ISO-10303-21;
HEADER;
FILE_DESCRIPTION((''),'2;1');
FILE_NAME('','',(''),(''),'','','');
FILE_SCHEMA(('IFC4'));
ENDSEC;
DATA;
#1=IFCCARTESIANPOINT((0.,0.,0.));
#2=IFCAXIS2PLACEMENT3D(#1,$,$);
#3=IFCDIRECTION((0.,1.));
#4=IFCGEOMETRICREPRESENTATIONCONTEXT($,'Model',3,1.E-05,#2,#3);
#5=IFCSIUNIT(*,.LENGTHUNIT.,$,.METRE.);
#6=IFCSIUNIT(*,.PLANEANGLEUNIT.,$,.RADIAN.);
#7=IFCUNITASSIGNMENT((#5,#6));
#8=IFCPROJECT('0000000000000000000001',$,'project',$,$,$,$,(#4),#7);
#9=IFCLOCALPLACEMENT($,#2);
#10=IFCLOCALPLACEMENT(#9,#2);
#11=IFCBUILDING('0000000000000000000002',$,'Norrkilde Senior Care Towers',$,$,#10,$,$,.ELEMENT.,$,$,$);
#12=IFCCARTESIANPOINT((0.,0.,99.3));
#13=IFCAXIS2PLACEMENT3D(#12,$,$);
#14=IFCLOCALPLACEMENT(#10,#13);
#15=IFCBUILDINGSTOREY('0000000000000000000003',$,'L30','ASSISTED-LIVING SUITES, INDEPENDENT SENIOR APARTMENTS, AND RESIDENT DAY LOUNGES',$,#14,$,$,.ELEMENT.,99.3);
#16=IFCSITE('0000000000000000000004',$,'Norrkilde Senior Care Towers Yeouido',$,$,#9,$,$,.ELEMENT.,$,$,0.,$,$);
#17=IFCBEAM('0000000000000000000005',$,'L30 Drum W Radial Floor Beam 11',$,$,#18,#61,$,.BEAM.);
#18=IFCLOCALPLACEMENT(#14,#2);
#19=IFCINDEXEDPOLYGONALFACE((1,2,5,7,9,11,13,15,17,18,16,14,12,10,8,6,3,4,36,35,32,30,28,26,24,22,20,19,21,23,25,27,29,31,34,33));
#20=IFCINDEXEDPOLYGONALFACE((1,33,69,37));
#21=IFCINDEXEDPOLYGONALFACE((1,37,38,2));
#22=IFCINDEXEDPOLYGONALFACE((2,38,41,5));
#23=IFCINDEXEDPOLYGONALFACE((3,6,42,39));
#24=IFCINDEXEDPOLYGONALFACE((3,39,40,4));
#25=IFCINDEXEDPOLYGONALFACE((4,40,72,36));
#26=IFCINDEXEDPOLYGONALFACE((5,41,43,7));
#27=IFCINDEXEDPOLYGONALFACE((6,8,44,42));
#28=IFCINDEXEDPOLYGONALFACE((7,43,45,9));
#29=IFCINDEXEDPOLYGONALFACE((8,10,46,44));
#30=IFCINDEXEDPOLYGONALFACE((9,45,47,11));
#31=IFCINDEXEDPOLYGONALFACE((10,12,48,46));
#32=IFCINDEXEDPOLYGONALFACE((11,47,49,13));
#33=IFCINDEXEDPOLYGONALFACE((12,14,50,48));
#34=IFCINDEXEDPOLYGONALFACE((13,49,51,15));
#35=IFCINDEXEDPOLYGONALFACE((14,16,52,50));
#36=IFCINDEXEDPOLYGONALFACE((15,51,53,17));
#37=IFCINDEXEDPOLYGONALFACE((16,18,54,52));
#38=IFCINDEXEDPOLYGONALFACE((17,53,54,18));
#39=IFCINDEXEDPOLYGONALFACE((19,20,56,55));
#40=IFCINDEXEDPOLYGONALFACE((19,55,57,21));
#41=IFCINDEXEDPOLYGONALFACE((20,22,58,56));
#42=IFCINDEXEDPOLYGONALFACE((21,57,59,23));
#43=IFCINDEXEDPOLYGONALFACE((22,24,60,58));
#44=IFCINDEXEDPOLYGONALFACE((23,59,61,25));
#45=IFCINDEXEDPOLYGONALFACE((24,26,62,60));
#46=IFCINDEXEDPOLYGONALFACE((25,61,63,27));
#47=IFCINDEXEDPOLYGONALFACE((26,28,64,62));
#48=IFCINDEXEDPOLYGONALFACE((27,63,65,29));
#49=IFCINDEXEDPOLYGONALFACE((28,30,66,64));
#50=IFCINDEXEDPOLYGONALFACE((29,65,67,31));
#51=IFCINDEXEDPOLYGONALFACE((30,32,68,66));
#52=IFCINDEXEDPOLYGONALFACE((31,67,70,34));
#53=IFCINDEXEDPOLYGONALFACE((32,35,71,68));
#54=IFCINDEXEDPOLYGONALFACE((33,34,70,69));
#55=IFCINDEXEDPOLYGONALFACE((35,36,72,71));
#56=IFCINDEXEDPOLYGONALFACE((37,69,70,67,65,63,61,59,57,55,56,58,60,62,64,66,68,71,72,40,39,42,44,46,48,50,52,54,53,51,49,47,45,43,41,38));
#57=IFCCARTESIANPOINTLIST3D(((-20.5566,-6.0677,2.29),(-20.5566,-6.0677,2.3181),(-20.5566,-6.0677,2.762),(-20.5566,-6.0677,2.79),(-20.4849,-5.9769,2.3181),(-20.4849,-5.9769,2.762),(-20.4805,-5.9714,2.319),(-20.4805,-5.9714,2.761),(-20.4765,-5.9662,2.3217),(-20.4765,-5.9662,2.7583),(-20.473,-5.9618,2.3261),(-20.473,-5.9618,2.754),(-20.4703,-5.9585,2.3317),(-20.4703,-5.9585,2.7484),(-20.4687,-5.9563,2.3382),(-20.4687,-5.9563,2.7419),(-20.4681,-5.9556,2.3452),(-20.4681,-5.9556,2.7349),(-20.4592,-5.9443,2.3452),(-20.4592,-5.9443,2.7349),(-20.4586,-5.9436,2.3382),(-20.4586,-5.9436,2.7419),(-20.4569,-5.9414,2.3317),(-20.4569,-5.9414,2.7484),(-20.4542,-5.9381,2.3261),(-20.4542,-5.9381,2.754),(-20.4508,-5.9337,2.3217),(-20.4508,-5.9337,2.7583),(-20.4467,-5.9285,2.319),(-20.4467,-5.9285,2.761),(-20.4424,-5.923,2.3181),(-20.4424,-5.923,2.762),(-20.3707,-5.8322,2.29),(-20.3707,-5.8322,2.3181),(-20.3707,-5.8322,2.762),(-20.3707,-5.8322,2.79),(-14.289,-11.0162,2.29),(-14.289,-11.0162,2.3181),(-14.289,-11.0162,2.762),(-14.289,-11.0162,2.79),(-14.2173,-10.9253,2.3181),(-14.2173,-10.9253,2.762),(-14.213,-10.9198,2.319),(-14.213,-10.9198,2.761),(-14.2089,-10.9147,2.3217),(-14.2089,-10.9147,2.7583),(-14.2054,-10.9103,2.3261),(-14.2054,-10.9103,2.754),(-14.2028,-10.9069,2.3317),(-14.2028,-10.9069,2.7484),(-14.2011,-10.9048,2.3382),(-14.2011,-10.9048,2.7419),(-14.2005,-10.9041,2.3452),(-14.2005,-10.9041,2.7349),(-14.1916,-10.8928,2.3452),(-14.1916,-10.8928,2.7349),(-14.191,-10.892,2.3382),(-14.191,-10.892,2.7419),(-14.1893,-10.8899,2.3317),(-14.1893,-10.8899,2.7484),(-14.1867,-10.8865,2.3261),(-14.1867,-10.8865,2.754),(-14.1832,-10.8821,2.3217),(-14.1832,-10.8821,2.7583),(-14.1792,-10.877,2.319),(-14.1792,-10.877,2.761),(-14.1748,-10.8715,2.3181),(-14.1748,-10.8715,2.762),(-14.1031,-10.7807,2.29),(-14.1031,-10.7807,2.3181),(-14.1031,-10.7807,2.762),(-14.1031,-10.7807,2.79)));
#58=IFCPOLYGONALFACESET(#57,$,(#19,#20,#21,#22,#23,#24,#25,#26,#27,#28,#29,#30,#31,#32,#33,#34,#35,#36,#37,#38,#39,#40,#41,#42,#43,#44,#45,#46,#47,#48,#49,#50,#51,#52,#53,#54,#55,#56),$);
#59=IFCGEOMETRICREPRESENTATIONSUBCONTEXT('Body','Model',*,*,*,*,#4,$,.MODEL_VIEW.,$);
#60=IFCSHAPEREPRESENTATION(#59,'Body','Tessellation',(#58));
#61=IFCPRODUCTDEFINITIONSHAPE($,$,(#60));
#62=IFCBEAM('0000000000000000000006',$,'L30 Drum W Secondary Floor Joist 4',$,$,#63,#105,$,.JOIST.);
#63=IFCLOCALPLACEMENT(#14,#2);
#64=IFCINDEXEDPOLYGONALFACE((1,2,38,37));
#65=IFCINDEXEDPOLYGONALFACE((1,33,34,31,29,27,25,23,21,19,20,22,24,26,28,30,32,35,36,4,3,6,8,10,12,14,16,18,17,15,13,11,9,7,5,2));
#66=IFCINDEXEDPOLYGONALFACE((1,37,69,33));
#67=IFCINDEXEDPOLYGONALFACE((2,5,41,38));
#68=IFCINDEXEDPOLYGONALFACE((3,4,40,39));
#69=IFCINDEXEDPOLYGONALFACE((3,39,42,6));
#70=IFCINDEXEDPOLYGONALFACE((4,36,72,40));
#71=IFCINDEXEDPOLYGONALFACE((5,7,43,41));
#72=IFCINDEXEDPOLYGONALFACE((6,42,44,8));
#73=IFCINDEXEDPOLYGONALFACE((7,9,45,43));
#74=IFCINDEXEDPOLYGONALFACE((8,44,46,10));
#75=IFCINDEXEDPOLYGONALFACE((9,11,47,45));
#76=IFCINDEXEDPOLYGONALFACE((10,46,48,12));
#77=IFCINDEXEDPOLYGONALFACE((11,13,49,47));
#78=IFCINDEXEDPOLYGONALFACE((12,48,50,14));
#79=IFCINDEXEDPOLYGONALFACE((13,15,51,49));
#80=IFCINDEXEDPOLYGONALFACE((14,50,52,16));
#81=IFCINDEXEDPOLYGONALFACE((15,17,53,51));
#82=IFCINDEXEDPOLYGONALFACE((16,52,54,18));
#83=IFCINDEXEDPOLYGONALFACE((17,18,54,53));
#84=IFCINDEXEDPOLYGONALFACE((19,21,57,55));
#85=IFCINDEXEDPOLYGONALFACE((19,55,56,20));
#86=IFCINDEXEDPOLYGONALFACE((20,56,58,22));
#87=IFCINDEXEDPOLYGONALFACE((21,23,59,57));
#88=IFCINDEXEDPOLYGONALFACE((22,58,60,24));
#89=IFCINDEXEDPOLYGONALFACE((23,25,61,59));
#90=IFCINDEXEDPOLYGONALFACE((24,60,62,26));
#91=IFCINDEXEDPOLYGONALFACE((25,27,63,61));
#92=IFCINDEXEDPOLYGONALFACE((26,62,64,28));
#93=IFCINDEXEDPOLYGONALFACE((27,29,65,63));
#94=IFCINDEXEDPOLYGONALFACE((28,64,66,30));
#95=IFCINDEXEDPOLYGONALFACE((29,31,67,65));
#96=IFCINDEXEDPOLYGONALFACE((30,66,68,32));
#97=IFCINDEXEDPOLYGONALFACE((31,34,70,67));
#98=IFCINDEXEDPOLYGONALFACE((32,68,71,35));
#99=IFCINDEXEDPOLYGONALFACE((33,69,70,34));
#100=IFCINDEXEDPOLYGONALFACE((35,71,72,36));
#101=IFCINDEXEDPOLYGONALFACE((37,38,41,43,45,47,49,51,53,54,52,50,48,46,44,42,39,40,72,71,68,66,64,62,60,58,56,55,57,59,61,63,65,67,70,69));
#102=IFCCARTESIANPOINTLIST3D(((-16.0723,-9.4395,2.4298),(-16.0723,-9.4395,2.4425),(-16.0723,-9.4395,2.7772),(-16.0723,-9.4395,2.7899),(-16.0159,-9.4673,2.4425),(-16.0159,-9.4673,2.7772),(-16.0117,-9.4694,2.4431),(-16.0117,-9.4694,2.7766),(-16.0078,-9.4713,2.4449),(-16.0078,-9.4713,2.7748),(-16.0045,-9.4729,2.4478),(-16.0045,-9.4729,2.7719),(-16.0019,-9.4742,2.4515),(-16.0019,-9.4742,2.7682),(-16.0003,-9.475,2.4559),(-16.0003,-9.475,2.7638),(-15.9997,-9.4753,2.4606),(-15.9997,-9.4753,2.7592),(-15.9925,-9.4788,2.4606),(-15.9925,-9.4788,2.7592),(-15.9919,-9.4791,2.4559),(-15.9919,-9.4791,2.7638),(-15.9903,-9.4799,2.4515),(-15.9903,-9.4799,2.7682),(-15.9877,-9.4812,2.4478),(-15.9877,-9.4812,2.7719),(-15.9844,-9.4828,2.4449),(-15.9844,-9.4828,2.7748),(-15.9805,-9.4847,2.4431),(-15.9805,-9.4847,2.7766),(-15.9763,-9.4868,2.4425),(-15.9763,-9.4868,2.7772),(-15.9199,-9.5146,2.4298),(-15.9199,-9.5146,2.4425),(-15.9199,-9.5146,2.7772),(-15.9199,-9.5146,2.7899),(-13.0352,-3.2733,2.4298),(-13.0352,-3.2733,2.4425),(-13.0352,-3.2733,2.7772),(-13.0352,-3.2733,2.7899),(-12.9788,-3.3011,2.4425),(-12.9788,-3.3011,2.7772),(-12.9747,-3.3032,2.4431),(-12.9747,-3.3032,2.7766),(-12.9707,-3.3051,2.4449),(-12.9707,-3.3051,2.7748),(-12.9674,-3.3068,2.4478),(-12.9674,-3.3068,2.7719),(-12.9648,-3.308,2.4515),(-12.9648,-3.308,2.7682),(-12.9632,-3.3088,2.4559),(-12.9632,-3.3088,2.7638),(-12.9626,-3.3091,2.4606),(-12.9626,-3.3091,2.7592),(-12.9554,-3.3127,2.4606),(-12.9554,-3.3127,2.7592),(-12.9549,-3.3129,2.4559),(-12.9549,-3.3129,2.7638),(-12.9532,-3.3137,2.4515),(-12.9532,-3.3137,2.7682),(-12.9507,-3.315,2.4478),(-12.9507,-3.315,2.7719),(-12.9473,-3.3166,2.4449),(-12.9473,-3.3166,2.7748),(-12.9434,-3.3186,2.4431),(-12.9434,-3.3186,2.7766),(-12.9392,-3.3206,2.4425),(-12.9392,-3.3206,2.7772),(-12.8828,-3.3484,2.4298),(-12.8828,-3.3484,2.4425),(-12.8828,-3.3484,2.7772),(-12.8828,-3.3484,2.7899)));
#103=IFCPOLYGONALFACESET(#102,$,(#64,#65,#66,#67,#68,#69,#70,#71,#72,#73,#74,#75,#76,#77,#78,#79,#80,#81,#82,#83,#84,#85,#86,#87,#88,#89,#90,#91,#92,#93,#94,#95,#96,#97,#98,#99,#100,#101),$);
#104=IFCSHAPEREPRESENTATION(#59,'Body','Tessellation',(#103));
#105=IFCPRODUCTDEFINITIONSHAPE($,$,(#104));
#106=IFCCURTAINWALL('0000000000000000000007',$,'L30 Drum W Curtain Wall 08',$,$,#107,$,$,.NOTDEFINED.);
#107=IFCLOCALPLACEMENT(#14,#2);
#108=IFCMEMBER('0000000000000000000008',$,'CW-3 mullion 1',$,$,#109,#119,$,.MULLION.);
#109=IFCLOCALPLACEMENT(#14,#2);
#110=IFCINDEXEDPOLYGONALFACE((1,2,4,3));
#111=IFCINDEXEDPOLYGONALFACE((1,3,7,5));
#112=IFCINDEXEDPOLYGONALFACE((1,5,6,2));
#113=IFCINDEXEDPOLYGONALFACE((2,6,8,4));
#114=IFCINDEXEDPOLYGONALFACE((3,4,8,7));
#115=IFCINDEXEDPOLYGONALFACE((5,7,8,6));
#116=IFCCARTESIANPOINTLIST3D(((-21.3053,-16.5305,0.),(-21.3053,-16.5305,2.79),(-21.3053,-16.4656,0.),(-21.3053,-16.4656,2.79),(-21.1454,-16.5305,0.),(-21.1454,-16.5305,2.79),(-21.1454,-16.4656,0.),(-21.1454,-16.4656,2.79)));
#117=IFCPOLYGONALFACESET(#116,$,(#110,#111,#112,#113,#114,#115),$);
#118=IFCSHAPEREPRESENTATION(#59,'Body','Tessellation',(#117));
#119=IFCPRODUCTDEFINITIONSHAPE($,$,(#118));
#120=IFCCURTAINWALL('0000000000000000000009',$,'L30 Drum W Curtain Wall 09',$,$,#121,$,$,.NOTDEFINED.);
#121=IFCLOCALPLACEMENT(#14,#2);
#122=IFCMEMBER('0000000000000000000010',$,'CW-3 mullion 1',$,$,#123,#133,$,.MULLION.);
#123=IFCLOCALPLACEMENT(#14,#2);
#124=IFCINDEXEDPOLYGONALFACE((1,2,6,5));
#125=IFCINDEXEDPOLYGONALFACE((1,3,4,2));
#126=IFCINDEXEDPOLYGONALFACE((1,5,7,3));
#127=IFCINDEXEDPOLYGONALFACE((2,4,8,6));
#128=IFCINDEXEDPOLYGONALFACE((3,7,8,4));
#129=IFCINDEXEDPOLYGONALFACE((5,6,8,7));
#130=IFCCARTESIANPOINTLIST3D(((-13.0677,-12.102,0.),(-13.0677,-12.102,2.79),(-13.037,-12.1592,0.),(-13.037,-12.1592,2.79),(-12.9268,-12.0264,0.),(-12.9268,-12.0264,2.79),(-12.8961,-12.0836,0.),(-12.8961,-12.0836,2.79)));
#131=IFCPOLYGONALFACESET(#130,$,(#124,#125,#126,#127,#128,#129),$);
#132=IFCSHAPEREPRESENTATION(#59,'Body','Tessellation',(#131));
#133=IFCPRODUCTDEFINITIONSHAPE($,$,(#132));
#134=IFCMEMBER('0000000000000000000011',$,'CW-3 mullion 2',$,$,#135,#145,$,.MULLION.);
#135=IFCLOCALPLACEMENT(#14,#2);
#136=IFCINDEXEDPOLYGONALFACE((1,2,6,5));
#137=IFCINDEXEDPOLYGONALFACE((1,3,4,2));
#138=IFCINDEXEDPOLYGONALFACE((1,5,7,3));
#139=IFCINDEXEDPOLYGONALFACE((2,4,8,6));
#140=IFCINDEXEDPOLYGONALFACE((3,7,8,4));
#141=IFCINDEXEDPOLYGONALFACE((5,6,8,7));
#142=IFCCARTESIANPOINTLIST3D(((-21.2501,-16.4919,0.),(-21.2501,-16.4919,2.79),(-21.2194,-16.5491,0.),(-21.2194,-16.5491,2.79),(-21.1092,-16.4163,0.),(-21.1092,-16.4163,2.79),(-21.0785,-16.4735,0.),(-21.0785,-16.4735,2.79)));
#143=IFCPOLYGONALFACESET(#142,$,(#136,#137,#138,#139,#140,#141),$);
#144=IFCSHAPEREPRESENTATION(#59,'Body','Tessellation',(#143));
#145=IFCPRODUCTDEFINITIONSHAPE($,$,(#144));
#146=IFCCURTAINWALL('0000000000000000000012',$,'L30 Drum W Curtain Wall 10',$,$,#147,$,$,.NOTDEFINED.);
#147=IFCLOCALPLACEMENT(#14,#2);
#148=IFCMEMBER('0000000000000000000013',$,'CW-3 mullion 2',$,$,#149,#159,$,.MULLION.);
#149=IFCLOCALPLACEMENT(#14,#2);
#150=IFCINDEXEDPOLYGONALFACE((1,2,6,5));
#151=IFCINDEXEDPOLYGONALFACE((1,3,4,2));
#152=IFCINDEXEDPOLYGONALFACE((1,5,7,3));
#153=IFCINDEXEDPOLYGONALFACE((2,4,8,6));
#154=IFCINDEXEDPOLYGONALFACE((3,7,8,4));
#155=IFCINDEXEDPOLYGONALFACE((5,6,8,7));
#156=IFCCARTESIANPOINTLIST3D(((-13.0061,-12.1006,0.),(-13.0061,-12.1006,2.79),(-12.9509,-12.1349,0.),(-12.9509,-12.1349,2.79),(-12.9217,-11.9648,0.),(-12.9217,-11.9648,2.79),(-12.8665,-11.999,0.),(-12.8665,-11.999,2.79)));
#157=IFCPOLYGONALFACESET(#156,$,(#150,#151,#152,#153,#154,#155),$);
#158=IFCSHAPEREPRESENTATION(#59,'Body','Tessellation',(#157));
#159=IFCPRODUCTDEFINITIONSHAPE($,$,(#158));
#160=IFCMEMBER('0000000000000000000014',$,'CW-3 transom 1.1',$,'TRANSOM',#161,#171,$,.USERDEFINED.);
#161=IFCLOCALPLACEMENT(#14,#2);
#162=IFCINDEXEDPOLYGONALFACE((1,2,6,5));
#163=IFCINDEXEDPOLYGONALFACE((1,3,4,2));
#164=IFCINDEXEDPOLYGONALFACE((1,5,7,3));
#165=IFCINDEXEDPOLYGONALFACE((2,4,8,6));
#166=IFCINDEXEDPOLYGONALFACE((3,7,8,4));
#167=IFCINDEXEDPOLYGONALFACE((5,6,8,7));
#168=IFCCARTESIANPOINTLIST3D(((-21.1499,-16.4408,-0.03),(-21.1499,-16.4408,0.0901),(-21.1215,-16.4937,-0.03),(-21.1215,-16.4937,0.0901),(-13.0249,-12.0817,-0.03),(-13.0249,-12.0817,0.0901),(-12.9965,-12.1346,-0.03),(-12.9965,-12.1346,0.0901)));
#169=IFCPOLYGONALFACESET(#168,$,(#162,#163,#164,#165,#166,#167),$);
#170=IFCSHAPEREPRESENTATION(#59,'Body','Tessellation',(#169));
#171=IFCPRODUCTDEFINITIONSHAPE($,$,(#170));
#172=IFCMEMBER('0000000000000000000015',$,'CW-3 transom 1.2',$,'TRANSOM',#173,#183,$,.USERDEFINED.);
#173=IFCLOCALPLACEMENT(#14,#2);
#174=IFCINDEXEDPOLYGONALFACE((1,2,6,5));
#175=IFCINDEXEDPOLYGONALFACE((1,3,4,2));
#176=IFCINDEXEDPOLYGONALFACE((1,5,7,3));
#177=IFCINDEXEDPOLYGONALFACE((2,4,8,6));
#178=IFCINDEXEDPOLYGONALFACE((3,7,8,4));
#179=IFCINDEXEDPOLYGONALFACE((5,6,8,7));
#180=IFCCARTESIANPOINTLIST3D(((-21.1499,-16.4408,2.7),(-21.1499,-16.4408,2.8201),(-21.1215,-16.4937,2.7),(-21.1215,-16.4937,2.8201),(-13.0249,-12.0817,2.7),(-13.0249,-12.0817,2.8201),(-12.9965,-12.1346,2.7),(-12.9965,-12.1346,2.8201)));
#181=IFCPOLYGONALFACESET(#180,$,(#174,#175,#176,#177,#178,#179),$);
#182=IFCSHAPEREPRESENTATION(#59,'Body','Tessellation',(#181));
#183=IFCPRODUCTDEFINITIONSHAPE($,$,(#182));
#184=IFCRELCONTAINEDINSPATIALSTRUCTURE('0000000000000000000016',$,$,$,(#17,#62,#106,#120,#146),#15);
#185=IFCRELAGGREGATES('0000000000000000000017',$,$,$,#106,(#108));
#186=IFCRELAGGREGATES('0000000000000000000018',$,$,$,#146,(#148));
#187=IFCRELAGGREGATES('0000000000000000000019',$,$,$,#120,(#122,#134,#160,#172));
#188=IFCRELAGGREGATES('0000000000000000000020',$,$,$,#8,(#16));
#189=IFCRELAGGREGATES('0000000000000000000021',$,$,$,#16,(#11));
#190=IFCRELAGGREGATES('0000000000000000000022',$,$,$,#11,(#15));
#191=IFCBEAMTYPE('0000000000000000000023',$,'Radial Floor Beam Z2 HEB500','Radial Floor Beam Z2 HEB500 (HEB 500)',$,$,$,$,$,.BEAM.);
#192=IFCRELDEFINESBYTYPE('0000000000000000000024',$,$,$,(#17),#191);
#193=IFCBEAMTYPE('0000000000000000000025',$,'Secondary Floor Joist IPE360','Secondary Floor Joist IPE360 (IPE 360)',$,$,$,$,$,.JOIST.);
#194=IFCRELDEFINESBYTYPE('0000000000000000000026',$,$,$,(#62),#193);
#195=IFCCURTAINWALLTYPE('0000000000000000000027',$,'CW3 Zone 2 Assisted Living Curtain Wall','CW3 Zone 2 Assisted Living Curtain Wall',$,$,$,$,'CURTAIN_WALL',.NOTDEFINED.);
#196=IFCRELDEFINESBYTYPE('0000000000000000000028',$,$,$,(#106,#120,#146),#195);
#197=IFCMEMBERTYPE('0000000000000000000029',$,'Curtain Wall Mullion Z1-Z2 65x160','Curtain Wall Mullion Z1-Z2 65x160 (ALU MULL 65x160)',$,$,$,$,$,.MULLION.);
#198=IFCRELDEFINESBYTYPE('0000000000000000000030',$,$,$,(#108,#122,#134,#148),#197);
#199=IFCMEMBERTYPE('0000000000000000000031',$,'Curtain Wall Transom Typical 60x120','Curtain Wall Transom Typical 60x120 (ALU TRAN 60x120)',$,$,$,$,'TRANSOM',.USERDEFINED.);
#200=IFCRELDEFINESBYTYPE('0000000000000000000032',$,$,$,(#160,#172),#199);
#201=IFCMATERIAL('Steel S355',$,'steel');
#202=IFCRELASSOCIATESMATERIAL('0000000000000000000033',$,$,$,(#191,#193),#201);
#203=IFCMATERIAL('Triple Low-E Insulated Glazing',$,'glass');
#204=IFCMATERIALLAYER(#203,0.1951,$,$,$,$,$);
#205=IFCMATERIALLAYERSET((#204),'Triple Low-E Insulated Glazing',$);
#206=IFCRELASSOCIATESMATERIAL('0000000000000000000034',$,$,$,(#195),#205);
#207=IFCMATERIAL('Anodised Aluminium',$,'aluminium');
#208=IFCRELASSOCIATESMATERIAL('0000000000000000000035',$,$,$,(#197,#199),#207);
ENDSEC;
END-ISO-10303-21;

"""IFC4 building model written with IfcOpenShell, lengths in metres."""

from ifc_helpers import new_model, si_unit, direction, frame, origin, origin_2d, place, context, subcontext, project, spatial, rectangle, i_section, extrude, source, transform, mapped, material, layer, layer_set, material_profile, profile_set, type_object, type_shapes, element, aggregate, save


model = new_model("IFC4")

# Units and contexts
model_context = context("Model", 3, precision=1e-05, world=origin(), true_north=direction((0.0, 1.0)))
body_context = subcontext(model_context, "Body", "Model", "MODEL_VIEW")
ifc_project = project(units=[si_unit("LENGTHUNIT", "METRE"), si_unit("PLANEANGLEUNIT", "RADIAN")], contexts=[model_context])

# Site, building, storey
site_placement = place(None, origin())
site = spatial("IfcSite", under=ifc_project, at=site_placement, Name="Norrkilde Senior Care Towers Yeouido", CompositionType="ELEMENT", RefElevation=0.0)
building_placement = place(site_placement, origin())
building = spatial("IfcBuilding", under=site, at=building_placement, Name="Norrkilde Senior Care Towers", CompositionType="ELEMENT")
storey_placement = place(building_placement, frame((0.0, 0.0, 99.3)))
storey = spatial("IfcBuildingStorey", under=building, at=storey_placement, Name="L30", Description="ASSISTED-LIVING SUITES, INDEPENDENT SENIOR APARTMENTS, AND RESIDENT DAY LOUNGES", CompositionType="ELEMENT", Elevation=99.3)

# Beams
ifc_material_1 = material(Name="Steel S355", Category="steel")
ifc_material_profile_1 = material_profile(ifc_material_1, i_section(OverallWidth=0.3, OverallDepth=0.5, WebThickness=0.0144, FlangeThickness=0.0281, FilletRadius=0.0271, at=origin_2d()), Name="HEB 500")
ifc_profile_set_1 = profile_set([ifc_material_profile_1], Name="Steel S355")
beam_type_1 = type_object("IfcBeamType", Name="Radial Floor Beam Z2 HEB500", Description="Radial Floor Beam Z2 HEB500 (HEB 500)", PredefinedType="BEAM", material=ifc_profile_set_1)
shared_shape_1 = source(origin(), body_context, "Body", "SweptSolid", [
    extrude(i_section(OverallWidth=0.3, OverallDepth=0.5, WebThickness=0.0144, FlangeThickness=0.0281, FilletRadius=0.0271, at=origin_2d()), origin(), (0.0, 0.0, 1.0), 7.9856),
])
beam_1_placement = place(storey_placement, frame((-20.4636, -5.95, 2.54), z_axis=(0.784859, -0.619675, 0.0), x_axis=(0.619675, 0.784859, 0.0)))
element("IfcBeam", 1, at=beam_1_placement, inside=storey, type_object=beam_type_1, Name="L30 Drum W Radial Floor Beam 11", PredefinedType="BEAM", context=body_context, shape_type="MappedRepresentation", body=[
    mapped(shared_shape_1, transform((0.0, 0.0, 0.0), x_axis=(1.0, 0.0, 0.0), y_axis=(0.0, 1.0, 0.0), z_axis=(0.0, 0.0, 1.0), scale=1.0)),
])
ifc_material_profile_2 = material_profile(ifc_material_1, i_section(OverallWidth=0.1699, OverallDepth=0.3601, WebThickness=0.0081, FlangeThickness=0.0127, FilletRadius=0.0181, at=origin_2d()), Name="IPE 360")
ifc_profile_set_2 = profile_set([ifc_material_profile_2], Name="Steel S355")
beam_type_2 = type_object("IfcBeamType", Name="Secondary Floor Joist IPE360", Description="Secondary Floor Joist IPE360 (IPE 360)", PredefinedType="JOIST", material=ifc_profile_set_2)
shared_shape_2 = source(origin(), body_context, "Body", "SweptSolid", [
    extrude(i_section(OverallWidth=0.1699, OverallDepth=0.3601, WebThickness=0.0081, FlangeThickness=0.0127, FilletRadius=0.0181, at=origin_2d()), origin(), (0.0, 0.0, 1.0), 6.8735),
])
type_shapes(beam_type_2, [shared_shape_2])
beam_2_placement = place(storey_placement, frame((-15.9961, -9.4771, 2.6099), z_axis=(0.441849, 0.897089, 0.0), x_axis=(-0.897089, 0.441849, 0.0)))
element("IfcBeam", 2, at=beam_2_placement, inside=storey, type_object=beam_type_2, Name="L30 Drum W Secondary Floor Joist 4", PredefinedType="JOIST", context=body_context, shape_type="MappedRepresentation", body=[
    mapped(shared_shape_2, transform((0.0, 0.0, 0.0), x_axis=(1.0, 0.0, 0.0), y_axis=(0.0, 1.0, 0.0), z_axis=(0.0, 0.0, 1.0), scale=1.0)),
])

# Curtain wall, member
ifc_material_2 = material(Name="Triple Low-E Insulated Glazing", Category="glass")
ifc_layer_1 = layer(ifc_material_2, 0.1951)
ifc_layer_set_1 = layer_set([ifc_layer_1], Name="Triple Low-E Insulated Glazing")
curtain_wall_type = type_object("IfcCurtainWallType", Name="CW3 Zone 2 Assisted Living Curtain Wall", Description="CW3 Zone 2 Assisted Living Curtain Wall", ElementType="CURTAIN_WALL", PredefinedType="NOTDEFINED", material=ifc_layer_set_1)
curtain_wall_1_placement = place(storey_placement, origin())
curtain_wall_1 = element("IfcCurtainWall", 3, at=curtain_wall_1_placement, inside=storey, type_object=curtain_wall_type, Name="L30 Drum W Curtain Wall 08", PredefinedType="NOTDEFINED")
ifc_material_3 = material(Name="Anodised Aluminium", Category="aluminium")
ifc_material_profile_3 = material_profile(ifc_material_3, rectangle(XDim=0.0649, YDim=0.1599, at=origin_2d()), Name="ALU MULL 65x160")
ifc_profile_set_3 = profile_set([ifc_material_profile_3], Name="Anodised Aluminium")
member_type_1 = type_object("IfcMemberType", Name="Curtain Wall Mullion Z1-Z2 65x160", Description="Curtain Wall Mullion Z1-Z2 65x160 (ALU MULL 65x160)", PredefinedType="MULLION", material=ifc_profile_set_3)
shared_shape_3 = source(origin(), body_context, "Body", "SweptSolid", [
    extrude(rectangle(XDim=0.0649, YDim=0.1599, at=origin_2d()), origin(), (0.0, 0.0, 1.0), 2.79),
])
type_shapes(member_type_1, [shared_shape_3])
member_1_placement = place(storey_placement, frame((-21.2253, -16.498, 0.0), z_axis=(0.0, 0.0, 1.0), x_axis=(0.0, -1.0, 0.0)))
member_1 = element("IfcMember", 4, at=member_1_placement, type_object=member_type_1, Name="CW-3 mullion 1", PredefinedType="MULLION", context=body_context, shape_type="MappedRepresentation", body=[
    mapped(shared_shape_3, transform((0.0, 0.0, 0.0), x_axis=(1.0, 0.0, 0.0), y_axis=(0.0, 1.0, 0.0), z_axis=(0.0, 0.0, 1.0), scale=1.0)),
])

# Curtain wall, members
curtain_wall_2_placement = place(storey_placement, origin())
curtain_wall_2 = element("IfcCurtainWall", 5, at=curtain_wall_2_placement, inside=storey, type_object=curtain_wall_type, Name="L30 Drum W Curtain Wall 09", PredefinedType="NOTDEFINED")
member_2_placement = place(storey_placement, frame((-12.9819, -12.0928, 0.0), z_axis=(0.0, 0.0, 1.0), x_axis=(0.472769, -0.881186, 0.0)))
member_2 = element("IfcMember", 6, at=member_2_placement, type_object=member_type_1, Name="CW-3 mullion 1", PredefinedType="MULLION", context=body_context, shape_type="MappedRepresentation", body=[
    mapped(shared_shape_3, transform((0.0, 0.0, 0.0), x_axis=(1.0, 0.0, 0.0), y_axis=(0.0, 1.0, 0.0), z_axis=(0.0, 0.0, 1.0), scale=1.0)),
])
member_3_placement = place(storey_placement, frame((-21.1643, -16.4827, 0.0), z_axis=(0.0, 0.0, 1.0), x_axis=(0.472769, -0.881186, 0.0)))
member_3 = element("IfcMember", 7, at=member_3_placement, type_object=member_type_1, Name="CW-3 mullion 2", PredefinedType="MULLION", context=body_context, shape_type="MappedRepresentation", body=[
    mapped(shared_shape_3, transform((0.0, 0.0, 0.0), x_axis=(1.0, 0.0, 0.0), y_axis=(0.0, 1.0, 0.0), z_axis=(0.0, 0.0, 1.0), scale=1.0)),
])

# Curtain wall, member
curtain_wall_3_placement = place(storey_placement, origin())
curtain_wall_3 = element("IfcCurtainWall", 8, at=curtain_wall_3_placement, inside=storey, type_object=curtain_wall_type, Name="L30 Drum W Curtain Wall 10", PredefinedType="NOTDEFINED")
member_4_placement = place(storey_placement, frame((-12.9363, -12.0498, 0.0), z_axis=(0.0, 0.0, 1.0), x_axis=(0.84941, -0.527733, 0.0)))
member_4 = element("IfcMember", 9, at=member_4_placement, type_object=member_type_1, Name="CW-3 mullion 2", PredefinedType="MULLION", context=body_context, shape_type="MappedRepresentation", body=[
    mapped(shared_shape_3, transform((0.0, 0.0, 0.0), x_axis=(1.0, 0.0, 0.0), y_axis=(0.0, 1.0, 0.0), z_axis=(0.0, 0.0, 1.0), scale=1.0)),
])

# Members
ifc_material_profile_4 = material_profile(ifc_material_3, rectangle(XDim=0.0601, YDim=0.1201, at=origin_2d()), Name="ALU TRAN 60x120")
ifc_profile_set_4 = profile_set([ifc_material_profile_4], Name="Anodised Aluminium")
member_type_2 = type_object("IfcMemberType", Name="Curtain Wall Transom Typical 60x120", Description="Curtain Wall Transom Typical 60x120 (ALU TRAN 60x120)", ElementType="TRANSOM", PredefinedType="USERDEFINED", material=ifc_profile_set_4)
shared_shape_4 = source(origin(), body_context, "Body", "SweptSolid", [
    extrude(rectangle(XDim=0.0601, YDim=0.1201, at=origin_2d()), origin(), (0.0, 0.0, 1.0), 9.2205),
])
member_5_placement = place(storey_placement, frame((-13.0107, -12.1082, 0.03), z_axis=(-0.881189, -0.472765, 0.0), x_axis=(0.472765, -0.881189, 0.0)))
member_5 = element("IfcMember", 10, at=member_5_placement, type_object=member_type_2, Name="CW-3 transom 1.1", ObjectType="TRANSOM", PredefinedType="USERDEFINED", context=body_context, shape_type="MappedRepresentation", body=[
    mapped(shared_shape_4, transform((0.0, 0.0, 0.0), x_axis=(1.0, 0.0, 0.0), y_axis=(0.0, 1.0, 0.0), z_axis=(0.0, 0.0, 1.0), scale=1.0)),
])
member_6_placement = place(storey_placement, frame((-13.0107, -12.1082, 2.76), z_axis=(-0.881189, -0.472765, 0.0), x_axis=(0.472765, -0.881189, 0.0)))
member_6 = element("IfcMember", 11, at=member_6_placement, type_object=member_type_2, Name="CW-3 transom 1.2", ObjectType="TRANSOM", PredefinedType="USERDEFINED", context=body_context, shape_type="MappedRepresentation", body=[
    mapped(shared_shape_4, transform((0.0, 0.0, 0.0), x_axis=(1.0, 0.0, 0.0), y_axis=(0.0, 1.0, 0.0), z_axis=(0.0, 0.0, 1.0), scale=1.0)),
])
aggregate(curtain_wall_1, [member_1])

aggregate(curtain_wall_3, [member_4])
aggregate(curtain_wall_2, [member_2, member_3, member_5, member_6])

save(model, "model.ifc")
